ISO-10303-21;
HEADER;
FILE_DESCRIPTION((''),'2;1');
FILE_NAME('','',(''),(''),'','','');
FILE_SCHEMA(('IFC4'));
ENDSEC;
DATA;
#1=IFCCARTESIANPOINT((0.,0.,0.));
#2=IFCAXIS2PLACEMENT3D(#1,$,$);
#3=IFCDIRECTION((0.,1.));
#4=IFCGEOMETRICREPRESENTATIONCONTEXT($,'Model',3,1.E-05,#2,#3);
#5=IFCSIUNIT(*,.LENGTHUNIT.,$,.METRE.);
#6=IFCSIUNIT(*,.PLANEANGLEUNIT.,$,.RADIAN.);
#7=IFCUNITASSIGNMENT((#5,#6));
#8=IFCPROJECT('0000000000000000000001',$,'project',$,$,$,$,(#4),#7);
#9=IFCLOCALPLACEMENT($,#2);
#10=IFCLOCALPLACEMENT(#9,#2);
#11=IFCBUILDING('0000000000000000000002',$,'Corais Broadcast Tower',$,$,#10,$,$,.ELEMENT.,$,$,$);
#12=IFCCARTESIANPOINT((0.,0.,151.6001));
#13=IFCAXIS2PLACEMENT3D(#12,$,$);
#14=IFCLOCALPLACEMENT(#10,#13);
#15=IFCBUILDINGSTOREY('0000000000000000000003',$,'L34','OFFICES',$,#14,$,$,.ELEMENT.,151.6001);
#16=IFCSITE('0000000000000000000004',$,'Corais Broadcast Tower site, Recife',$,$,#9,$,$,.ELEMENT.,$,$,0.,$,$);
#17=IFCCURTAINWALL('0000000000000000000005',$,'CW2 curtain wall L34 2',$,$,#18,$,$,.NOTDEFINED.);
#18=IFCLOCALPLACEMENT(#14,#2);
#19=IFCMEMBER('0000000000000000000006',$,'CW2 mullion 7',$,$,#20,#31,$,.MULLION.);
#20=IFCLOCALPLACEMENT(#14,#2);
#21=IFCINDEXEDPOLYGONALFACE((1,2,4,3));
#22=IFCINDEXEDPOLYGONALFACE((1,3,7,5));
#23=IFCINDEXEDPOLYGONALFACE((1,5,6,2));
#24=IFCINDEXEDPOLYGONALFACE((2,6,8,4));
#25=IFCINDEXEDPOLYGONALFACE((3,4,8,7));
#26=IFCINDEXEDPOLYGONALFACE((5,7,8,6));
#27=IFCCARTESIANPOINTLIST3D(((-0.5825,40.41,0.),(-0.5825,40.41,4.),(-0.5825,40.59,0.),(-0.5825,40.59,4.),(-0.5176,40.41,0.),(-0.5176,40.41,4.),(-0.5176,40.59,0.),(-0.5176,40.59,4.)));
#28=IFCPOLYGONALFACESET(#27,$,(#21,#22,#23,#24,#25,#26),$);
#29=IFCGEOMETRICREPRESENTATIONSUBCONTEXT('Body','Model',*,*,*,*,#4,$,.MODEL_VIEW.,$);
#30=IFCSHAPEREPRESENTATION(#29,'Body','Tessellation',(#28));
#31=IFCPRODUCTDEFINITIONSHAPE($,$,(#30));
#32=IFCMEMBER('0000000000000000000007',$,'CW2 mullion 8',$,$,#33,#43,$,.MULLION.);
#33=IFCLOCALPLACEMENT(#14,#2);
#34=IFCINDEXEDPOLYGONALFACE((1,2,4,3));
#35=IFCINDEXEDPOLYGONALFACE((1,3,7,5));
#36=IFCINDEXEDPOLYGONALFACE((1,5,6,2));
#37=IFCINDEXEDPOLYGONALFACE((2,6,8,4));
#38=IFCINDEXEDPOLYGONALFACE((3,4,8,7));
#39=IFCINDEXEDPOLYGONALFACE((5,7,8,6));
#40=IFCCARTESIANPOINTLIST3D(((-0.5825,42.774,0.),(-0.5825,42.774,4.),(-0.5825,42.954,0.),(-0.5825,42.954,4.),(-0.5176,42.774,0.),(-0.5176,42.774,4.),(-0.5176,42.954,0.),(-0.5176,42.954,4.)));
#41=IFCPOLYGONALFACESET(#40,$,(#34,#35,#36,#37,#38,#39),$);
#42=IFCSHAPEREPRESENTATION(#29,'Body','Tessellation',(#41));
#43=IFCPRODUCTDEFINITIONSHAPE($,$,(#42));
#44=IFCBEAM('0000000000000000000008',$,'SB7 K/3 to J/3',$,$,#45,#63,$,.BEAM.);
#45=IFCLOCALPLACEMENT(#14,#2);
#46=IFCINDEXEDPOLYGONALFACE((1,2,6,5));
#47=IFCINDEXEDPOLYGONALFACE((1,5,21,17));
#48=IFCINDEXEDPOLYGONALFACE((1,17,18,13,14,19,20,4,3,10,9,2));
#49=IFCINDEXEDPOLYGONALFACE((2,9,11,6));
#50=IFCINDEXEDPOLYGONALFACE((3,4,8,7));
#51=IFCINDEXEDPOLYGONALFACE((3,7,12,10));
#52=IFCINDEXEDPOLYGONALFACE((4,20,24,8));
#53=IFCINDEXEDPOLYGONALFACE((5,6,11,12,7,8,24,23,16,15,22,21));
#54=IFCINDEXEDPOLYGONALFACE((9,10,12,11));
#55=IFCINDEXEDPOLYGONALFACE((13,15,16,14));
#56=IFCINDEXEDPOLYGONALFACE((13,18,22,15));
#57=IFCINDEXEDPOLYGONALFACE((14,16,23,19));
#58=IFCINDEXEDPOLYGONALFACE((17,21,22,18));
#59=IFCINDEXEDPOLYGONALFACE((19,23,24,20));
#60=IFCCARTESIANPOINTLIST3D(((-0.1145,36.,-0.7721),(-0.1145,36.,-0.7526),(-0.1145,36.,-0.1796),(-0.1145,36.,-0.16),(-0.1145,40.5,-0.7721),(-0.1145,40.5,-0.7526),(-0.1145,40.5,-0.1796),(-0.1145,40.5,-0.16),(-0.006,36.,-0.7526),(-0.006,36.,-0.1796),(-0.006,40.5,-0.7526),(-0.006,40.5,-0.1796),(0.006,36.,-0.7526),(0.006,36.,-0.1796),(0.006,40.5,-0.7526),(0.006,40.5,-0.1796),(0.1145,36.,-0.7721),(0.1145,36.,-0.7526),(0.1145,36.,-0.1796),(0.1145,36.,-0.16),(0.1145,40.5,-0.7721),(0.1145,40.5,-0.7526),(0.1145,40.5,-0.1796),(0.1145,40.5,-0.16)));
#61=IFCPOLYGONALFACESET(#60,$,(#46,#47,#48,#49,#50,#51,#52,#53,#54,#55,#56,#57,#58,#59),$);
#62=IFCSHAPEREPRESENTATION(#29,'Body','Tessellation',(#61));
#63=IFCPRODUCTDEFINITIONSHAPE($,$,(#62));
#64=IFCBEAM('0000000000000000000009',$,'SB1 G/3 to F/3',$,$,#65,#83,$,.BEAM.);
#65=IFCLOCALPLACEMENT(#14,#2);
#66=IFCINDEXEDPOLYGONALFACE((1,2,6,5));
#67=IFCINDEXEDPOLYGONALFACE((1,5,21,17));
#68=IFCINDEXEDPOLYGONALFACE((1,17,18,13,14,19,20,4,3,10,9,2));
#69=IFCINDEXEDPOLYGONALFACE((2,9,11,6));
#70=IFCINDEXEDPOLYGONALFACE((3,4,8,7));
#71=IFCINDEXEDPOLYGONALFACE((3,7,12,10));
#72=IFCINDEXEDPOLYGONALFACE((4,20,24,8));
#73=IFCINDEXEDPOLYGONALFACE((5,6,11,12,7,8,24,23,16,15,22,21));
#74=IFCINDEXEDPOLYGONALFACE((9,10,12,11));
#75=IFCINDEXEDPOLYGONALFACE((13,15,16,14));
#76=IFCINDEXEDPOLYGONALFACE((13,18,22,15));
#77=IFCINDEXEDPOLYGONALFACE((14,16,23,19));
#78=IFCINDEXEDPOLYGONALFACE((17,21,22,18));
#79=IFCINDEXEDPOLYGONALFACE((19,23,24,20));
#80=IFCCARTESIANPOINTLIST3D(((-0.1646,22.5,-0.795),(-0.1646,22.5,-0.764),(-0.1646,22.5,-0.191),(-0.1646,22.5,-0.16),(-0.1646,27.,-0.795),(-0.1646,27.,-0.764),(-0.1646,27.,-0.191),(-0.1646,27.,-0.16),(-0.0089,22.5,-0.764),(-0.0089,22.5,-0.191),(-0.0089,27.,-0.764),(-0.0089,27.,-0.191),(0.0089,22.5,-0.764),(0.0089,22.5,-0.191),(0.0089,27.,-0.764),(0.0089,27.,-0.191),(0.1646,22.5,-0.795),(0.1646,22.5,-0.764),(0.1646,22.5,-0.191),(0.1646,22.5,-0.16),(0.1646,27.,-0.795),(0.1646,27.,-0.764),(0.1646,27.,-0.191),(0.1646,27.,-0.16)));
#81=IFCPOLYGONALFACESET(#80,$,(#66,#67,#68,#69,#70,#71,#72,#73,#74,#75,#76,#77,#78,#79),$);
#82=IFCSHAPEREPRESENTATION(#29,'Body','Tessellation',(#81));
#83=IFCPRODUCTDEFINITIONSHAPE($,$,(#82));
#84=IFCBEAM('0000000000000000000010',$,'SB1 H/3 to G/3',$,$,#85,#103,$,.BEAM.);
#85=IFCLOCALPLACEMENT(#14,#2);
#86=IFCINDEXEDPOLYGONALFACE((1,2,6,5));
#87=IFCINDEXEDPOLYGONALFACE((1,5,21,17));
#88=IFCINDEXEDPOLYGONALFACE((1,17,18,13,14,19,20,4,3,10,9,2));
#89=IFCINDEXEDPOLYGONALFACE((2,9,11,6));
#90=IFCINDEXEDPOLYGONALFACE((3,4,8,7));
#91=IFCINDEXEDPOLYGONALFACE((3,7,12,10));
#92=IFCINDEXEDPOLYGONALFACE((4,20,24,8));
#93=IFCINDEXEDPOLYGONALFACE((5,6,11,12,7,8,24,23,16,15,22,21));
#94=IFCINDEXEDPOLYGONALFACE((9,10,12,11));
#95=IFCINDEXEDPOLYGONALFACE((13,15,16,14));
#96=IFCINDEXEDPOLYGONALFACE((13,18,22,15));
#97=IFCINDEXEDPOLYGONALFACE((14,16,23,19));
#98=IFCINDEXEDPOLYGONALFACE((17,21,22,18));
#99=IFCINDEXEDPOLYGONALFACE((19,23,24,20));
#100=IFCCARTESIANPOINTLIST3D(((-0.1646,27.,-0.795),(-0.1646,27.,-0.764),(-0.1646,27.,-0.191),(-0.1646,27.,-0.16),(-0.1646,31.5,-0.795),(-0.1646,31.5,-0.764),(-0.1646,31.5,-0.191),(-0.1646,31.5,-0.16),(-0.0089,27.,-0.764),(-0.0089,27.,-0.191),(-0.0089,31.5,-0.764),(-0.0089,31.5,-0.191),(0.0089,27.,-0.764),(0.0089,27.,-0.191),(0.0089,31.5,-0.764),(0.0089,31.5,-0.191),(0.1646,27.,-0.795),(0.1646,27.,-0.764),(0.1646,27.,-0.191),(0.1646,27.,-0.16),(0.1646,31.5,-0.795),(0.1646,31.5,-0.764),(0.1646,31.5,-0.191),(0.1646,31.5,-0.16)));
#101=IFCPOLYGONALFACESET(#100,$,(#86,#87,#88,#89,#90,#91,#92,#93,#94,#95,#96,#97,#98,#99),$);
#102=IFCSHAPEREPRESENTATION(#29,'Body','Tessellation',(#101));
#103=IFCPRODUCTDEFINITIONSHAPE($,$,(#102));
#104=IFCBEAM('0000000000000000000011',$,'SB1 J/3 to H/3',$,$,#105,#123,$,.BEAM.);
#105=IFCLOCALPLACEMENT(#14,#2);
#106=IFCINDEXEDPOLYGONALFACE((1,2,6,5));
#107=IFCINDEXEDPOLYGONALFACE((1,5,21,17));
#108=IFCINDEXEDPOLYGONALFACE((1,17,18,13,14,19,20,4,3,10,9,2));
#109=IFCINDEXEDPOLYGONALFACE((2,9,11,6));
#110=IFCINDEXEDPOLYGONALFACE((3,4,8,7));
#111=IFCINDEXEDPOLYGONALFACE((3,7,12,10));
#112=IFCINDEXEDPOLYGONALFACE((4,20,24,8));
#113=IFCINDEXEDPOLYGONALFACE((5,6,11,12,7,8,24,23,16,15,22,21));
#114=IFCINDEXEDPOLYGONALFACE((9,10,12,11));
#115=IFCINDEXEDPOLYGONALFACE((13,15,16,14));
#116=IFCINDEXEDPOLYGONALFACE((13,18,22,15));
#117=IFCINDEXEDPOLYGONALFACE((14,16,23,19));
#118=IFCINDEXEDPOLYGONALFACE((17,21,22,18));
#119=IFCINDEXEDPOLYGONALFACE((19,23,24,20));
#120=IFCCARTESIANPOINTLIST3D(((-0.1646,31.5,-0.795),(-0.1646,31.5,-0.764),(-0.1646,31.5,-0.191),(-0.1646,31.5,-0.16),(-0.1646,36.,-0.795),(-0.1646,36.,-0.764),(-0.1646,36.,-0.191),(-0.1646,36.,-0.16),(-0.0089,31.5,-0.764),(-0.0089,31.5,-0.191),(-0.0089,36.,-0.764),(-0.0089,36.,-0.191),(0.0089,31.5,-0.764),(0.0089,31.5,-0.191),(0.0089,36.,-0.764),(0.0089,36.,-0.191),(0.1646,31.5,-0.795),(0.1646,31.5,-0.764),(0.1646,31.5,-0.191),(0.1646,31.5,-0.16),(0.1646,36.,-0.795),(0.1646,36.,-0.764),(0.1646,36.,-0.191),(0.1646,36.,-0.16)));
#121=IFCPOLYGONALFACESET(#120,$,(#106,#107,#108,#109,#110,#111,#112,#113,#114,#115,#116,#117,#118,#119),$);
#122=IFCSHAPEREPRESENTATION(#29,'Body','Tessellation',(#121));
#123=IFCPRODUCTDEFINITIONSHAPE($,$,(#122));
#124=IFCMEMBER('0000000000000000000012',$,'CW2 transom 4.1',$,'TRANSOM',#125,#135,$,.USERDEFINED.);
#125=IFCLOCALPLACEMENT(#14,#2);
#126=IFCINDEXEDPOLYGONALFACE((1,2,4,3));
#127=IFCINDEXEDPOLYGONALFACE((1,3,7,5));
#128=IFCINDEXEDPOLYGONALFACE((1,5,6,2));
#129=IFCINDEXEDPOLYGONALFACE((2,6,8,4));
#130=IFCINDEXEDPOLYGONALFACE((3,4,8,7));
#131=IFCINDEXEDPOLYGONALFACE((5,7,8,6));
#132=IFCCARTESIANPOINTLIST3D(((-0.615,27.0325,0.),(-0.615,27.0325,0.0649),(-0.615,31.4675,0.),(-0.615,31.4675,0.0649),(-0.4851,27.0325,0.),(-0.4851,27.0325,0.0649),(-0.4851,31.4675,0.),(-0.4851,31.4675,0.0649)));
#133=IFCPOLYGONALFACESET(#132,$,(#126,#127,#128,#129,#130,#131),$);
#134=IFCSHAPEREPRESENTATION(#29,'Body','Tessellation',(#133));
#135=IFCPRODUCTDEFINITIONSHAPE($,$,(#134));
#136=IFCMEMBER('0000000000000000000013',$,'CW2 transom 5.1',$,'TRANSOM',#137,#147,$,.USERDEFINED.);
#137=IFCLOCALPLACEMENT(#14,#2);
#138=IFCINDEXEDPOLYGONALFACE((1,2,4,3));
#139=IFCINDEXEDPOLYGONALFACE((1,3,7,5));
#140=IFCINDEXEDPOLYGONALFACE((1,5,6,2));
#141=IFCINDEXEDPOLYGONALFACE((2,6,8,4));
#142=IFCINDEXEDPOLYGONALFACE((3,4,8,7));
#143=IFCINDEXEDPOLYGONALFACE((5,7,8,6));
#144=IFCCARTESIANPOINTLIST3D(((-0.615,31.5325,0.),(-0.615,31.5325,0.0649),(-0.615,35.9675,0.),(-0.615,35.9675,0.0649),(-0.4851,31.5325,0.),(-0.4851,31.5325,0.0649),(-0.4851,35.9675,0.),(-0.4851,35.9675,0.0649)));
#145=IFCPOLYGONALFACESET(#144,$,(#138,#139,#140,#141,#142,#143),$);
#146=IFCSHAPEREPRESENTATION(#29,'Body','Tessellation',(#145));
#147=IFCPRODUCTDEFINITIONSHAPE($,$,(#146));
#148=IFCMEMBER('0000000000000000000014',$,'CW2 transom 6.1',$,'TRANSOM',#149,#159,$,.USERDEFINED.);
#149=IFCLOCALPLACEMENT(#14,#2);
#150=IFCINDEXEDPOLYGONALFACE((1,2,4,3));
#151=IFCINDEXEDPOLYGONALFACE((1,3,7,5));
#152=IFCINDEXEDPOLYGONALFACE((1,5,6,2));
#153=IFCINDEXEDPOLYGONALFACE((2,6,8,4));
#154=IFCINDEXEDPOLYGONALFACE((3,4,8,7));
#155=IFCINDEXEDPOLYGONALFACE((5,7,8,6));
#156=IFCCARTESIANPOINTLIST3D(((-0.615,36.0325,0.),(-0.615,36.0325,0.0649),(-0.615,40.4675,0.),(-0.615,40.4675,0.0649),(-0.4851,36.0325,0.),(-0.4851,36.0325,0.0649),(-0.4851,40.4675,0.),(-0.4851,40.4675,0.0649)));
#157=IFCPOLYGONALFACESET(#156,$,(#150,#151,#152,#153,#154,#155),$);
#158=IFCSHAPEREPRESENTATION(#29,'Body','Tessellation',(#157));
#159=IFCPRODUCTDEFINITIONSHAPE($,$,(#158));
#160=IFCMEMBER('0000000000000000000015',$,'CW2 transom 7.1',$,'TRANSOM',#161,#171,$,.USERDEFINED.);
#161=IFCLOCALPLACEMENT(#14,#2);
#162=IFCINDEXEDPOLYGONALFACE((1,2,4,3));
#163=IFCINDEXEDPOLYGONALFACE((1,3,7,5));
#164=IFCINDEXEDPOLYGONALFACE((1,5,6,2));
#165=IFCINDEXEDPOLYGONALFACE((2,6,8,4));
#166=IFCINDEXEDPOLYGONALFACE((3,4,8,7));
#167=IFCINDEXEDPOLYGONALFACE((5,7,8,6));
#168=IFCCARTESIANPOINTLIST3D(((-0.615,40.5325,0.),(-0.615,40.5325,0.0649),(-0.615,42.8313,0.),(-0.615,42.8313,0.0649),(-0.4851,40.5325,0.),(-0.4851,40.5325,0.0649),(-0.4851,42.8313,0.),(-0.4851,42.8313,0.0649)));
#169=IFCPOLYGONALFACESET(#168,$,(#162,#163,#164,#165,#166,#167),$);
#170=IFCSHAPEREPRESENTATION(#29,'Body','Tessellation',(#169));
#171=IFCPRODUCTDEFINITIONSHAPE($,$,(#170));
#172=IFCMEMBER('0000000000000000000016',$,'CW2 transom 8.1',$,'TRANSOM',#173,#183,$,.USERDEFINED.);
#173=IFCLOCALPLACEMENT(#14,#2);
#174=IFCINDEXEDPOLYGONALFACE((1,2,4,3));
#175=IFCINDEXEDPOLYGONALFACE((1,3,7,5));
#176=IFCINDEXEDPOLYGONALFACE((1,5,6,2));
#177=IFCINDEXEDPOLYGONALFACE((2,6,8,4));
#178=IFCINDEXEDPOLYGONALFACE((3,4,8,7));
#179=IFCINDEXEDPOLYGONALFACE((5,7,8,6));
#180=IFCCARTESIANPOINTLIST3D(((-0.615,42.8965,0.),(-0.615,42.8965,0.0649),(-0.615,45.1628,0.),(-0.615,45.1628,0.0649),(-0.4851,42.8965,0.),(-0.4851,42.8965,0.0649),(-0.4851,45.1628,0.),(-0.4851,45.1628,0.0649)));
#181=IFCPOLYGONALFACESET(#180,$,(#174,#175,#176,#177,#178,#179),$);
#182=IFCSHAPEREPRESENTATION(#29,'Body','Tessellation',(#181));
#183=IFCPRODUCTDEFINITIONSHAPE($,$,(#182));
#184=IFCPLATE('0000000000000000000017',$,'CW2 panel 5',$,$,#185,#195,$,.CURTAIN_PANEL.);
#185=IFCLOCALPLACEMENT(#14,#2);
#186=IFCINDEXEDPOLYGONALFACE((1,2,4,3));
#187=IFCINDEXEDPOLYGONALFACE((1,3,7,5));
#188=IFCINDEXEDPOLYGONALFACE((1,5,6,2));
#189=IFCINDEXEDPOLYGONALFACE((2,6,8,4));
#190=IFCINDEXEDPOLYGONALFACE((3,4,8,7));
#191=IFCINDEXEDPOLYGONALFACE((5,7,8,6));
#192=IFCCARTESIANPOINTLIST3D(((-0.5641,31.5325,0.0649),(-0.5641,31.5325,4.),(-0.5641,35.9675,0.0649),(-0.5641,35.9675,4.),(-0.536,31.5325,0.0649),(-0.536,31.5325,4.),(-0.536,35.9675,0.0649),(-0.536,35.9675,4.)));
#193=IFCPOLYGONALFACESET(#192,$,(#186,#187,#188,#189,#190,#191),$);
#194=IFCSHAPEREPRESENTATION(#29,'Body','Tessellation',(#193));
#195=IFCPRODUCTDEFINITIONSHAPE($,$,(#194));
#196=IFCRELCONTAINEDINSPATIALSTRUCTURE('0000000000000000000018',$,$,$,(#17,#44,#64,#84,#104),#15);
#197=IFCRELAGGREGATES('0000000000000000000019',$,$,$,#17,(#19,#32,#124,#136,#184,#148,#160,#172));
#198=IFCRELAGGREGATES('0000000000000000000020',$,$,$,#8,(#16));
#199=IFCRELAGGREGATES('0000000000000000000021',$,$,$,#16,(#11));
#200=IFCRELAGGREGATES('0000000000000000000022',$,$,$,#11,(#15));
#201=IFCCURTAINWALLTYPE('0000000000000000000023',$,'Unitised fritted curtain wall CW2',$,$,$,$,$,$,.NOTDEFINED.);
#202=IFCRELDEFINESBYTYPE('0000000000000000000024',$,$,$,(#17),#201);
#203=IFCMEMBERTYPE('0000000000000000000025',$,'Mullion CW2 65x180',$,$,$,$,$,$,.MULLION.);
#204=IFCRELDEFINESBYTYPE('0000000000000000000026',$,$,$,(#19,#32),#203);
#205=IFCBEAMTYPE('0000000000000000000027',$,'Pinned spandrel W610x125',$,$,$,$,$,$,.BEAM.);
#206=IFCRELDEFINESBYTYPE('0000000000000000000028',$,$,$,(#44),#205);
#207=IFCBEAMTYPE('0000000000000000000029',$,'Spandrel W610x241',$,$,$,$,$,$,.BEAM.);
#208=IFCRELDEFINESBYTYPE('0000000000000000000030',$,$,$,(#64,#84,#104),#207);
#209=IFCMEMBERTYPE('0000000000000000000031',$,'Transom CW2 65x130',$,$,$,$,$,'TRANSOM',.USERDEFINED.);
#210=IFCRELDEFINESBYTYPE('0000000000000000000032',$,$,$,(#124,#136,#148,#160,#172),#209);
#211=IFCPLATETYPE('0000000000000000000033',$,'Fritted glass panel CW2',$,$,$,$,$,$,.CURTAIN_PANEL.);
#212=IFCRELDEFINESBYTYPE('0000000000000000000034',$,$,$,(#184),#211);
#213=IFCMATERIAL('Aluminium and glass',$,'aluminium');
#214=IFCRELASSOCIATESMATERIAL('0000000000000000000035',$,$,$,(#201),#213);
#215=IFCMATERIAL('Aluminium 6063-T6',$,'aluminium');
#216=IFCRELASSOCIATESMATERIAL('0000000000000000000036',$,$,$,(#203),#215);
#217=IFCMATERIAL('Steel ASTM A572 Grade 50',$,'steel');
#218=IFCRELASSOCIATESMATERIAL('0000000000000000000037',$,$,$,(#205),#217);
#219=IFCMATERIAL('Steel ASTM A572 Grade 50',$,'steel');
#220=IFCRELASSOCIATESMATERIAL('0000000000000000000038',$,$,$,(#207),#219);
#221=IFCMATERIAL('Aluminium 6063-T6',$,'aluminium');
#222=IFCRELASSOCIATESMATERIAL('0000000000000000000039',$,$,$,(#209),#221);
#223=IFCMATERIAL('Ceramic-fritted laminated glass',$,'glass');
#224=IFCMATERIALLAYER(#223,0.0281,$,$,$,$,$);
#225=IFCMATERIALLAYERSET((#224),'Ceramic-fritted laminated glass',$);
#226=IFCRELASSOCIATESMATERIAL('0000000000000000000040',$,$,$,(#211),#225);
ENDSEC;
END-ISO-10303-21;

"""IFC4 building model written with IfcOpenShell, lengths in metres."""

from ifc_helpers import new_model, si_unit, direction, frame, origin, origin_2d, place, context, subcontext, project, spatial, rectangle, i_section, extrude, material, layer, layer_set, material_profile, profile_set, type_object, element, aggregate, save


model = new_model("IFC4")

# Units and contexts
model_context = context("Model", 3, precision=1e-05, world=origin(), true_north=direction((0.0, 1.0)))
body_context = subcontext(model_context, "Body", "Model", "MODEL_VIEW")
ifc_project = project(units=[si_unit("LENGTHUNIT", "METRE"), si_unit("PLANEANGLEUNIT", "RADIAN")], contexts=[model_context])

# Site, building, storey
site_placement = place(None, origin())
site = spatial("IfcSite", under=ifc_project, at=site_placement, Name="Corais Broadcast Tower site, Recife", CompositionType="ELEMENT", RefElevation=0.0)
building_placement = place(site_placement, origin())
building = spatial("IfcBuilding", under=site, at=building_placement, Name="Corais Broadcast Tower", CompositionType="ELEMENT")
storey_placement = place(building_placement, frame((0.0, 0.0, 151.6001)))
storey = spatial("IfcBuildingStorey", under=building, at=storey_placement, Name="L34", Description="OFFICES", CompositionType="ELEMENT", Elevation=151.6001)

# Curtain wall, members
ifc_material_1 = material(Name="Aluminium and glass", Category="aluminium")
curtain_wall_type = type_object("IfcCurtainWallType", Name="Unitised fritted curtain wall CW2", PredefinedType="NOTDEFINED", material=ifc_material_1)
curtain_wall_placement = place(storey_placement, origin())
curtain_wall = element("IfcCurtainWall", 1, at=curtain_wall_placement, inside=storey, type_object=curtain_wall_type, Name="CW2 curtain wall L34 2", PredefinedType="NOTDEFINED")
ifc_material_2 = material(Name="Aluminium 6063-T6", Category="aluminium")
ifc_material_profile_1 = material_profile(ifc_material_2, rectangle(XDim=0.0649, YDim=0.1799, at=origin_2d()), Name="Mullion CW2 65x180")
ifc_profile_set_1 = profile_set([ifc_material_profile_1], Name="Aluminium 6063-T6")
member_type_1 = type_object("IfcMemberType", Name="Mullion CW2 65x180", PredefinedType="MULLION", material=ifc_profile_set_1)
member_1_placement = place(storey_placement, frame((-0.55, 40.5, 0.0), z_axis=(0.0, 0.0, 1.0), x_axis=(-1.0, 0.0, 0.0)))
member_1 = element("IfcMember", 2, at=member_1_placement, type_object=member_type_1, Name="CW2 mullion 7", PredefinedType="MULLION", context=body_context, shape_type="SweptSolid", body=[
    extrude(rectangle(XDim=0.0649, YDim=0.1799, at=origin_2d()), origin(), (0.0, 0.0, 1.0), 4.0),
])
member_2_placement = place(storey_placement, frame((-0.55, 42.864, 0.0), z_axis=(0.0, 0.0, 1.0), x_axis=(-1.0, 0.0, 0.0)))
member_2 = element("IfcMember", 3, at=member_2_placement, type_object=member_type_1, Name="CW2 mullion 8", PredefinedType="MULLION", context=body_context, shape_type="SweptSolid", body=[
    extrude(rectangle(XDim=0.0649, YDim=0.1799, at=origin_2d()), origin(), (0.0, 0.0, 1.0), 4.0),
])

# Beams
ifc_material_3 = material(Name="Steel ASTM A572 Grade 50", Category="steel")
ifc_material_profile_2 = material_profile(ifc_material_3, i_section(OverallWidth=0.229, OverallDepth=0.6121, WebThickness=0.012, FlangeThickness=0.0195, at=origin_2d()), Name="W610x125")
ifc_profile_set_2 = profile_set([ifc_material_profile_2], Name="Steel ASTM A572 Grade 50")
beam_type_1 = type_object("IfcBeamType", Name="Pinned spandrel W610x125", PredefinedType="BEAM", material=ifc_profile_set_2)
beam_placement = place(storey_placement, frame((0.0, 40.5, -0.4661), z_axis=(0.0, -1.0, 0.0), x_axis=(1.0, 0.0, 0.0)))
element("IfcBeam", 4, at=beam_placement, inside=storey, type_object=beam_type_1, Name="SB7 K/3 to J/3", PredefinedType="BEAM", context=body_context, shape_type="SweptSolid", body=[
    extrude(i_section(OverallWidth=0.229, OverallDepth=0.6121, WebThickness=0.012, FlangeThickness=0.0195, at=origin_2d()), origin(), (0.0, 0.0, 1.0), 4.5),
])
ifc_material_4 = material(Name="Steel ASTM A572 Grade 50", Category="steel")
ifc_material_profile_3 = material_profile(ifc_material_4, i_section(OverallWidth=0.3291, OverallDepth=0.635, WebThickness=0.0178, FlangeThickness=0.031, at=origin_2d()), Name="W610x241")
ifc_profile_set_3 = profile_set([ifc_material_profile_3], Name="Steel ASTM A572 Grade 50")
beam_type_2 = type_object("IfcBeamType", Name="Spandrel W610x241", PredefinedType="BEAM", material=ifc_profile_set_3)
for number, where, z_axis, x_axis, name in (
    (5, (0.0, 27.0, -0.4775), (0.0, -1.0, 0.0), (1.0, 0.0, 0.0), "SB1 G/3 to F/3"),
    (6, (0.0, 31.5, -0.4775), (0.0, -1.0, 0.0), (1.0, 0.0, 0.0), "SB1 H/3 to G/3"),
    (7, (0.0, 36.0, -0.4775), (0.0, -1.0, 0.0), (1.0, 0.0, 0.0), "SB1 J/3 to H/3"),
):
    element("IfcBeam", number, at=place(storey_placement, frame(where, z_axis=z_axis, x_axis=x_axis)), inside=storey, type_object=beam_type_2, Name=name, PredefinedType="BEAM", context=body_context, shape_type="SweptSolid", body=[
        extrude(i_section(OverallWidth=0.3291, OverallDepth=0.635, WebThickness=0.0178, FlangeThickness=0.031, at=origin_2d()), origin(), (0.0, 0.0, 1.0), 4.5),
    ])

# Members
ifc_material_5 = material(Name="Aluminium 6063-T6", Category="aluminium")
ifc_material_profile_4 = material_profile(ifc_material_5, rectangle(XDim=0.1299, YDim=0.0649, at=origin_2d()), Name="Transom CW2 65x130")
ifc_profile_set_4 = profile_set([ifc_material_profile_4], Name="Aluminium 6063-T6")
member_type_2 = type_object("IfcMemberType", Name="Transom CW2 65x130", ElementType="TRANSOM", PredefinedType="USERDEFINED", material=ifc_profile_set_4)
member_3_placement = place(storey_placement, frame((-0.55, 27.0325, 0.0325), z_axis=(0.0, 1.0, 0.0), x_axis=(-1.0, 0.0, 0.0)))
member_3 = element("IfcMember", 8, at=member_3_placement, type_object=member_type_2, Name="CW2 transom 4.1", ObjectType="TRANSOM", PredefinedType="USERDEFINED", context=body_context, shape_type="SweptSolid", body=[
    extrude(rectangle(XDim=0.1299, YDim=0.0649, at=origin_2d()), origin(), (0.0, 0.0, 1.0), 4.4351),
])
member_4_placement = place(storey_placement, frame((-0.55, 31.5325, 0.0325), z_axis=(0.0, 1.0, 0.0), x_axis=(-1.0, 0.0, 0.0)))
member_4 = element("IfcMember", 9, at=member_4_placement, type_object=member_type_2, Name="CW2 transom 5.1", ObjectType="TRANSOM", PredefinedType="USERDEFINED", context=body_context, shape_type="SweptSolid", body=[
    extrude(rectangle(XDim=0.1299, YDim=0.0649, at=origin_2d()), origin(), (0.0, 0.0, 1.0), 4.4351),
])
member_5_placement = place(storey_placement, frame((-0.55, 36.0325, 0.0325), z_axis=(0.0, 1.0, 0.0), x_axis=(-1.0, 0.0, 0.0)))
member_5 = element("IfcMember", 10, at=member_5_placement, type_object=member_type_2, Name="CW2 transom 6.1", ObjectType="TRANSOM", PredefinedType="USERDEFINED", context=body_context, shape_type="SweptSolid", body=[
    extrude(rectangle(XDim=0.1299, YDim=0.0649, at=origin_2d()), origin(), (0.0, 0.0, 1.0), 4.4351),
])
member_6_placement = place(storey_placement, frame((-0.55, 40.5325, 0.0325), z_axis=(0.0, 1.0, 0.0), x_axis=(-1.0, 0.0, 0.0)))
member_6 = element("IfcMember", 11, at=member_6_placement, type_object=member_type_2, Name="CW2 transom 7.1", ObjectType="TRANSOM", PredefinedType="USERDEFINED", context=body_context, shape_type="SweptSolid", body=[
    extrude(rectangle(XDim=0.1299, YDim=0.0649, at=origin_2d()), origin(), (0.0, 0.0, 1.0), 2.2988),
])
member_7_placement = place(storey_placement, frame((-0.55, 42.8965, 0.0325), z_axis=(0.0, 1.0, 0.0), x_axis=(-1.0, 0.0, 0.0)))
member_7 = element("IfcMember", 12, at=member_7_placement, type_object=member_type_2, Name="CW2 transom 8.1", ObjectType="TRANSOM", PredefinedType="USERDEFINED", context=body_context, shape_type="SweptSolid", body=[
    extrude(rectangle(XDim=0.1299, YDim=0.0649, at=origin_2d()), origin(), (0.0, 0.0, 1.0), 2.2664),
])

# Plate
ifc_material_6 = material(Name="Ceramic-fritted laminated glass", Category="glass")
ifc_layer_1 = layer(ifc_material_6, 0.0281)
ifc_layer_set_1 = layer_set([ifc_layer_1], Name="Ceramic-fritted laminated glass")
plate_type_1 = type_object("IfcPlateType", Name="Fritted glass panel CW2", PredefinedType="CURTAIN_PANEL", material=ifc_layer_set_1)
plate_1_placement = place(storey_placement, frame((-0.55, 33.75, 0.0649), z_axis=(0.0, 0.0, 1.0), x_axis=(0.0, 1.0, 0.0)))
plate_1 = element("IfcPlate", 13, at=plate_1_placement, type_object=plate_type_1, Name="CW2 panel 5", PredefinedType="CURTAIN_PANEL", context=body_context, shape_type="SweptSolid", body=[
    extrude(rectangle(XDim=4.4351, YDim=0.0281, at=origin_2d()), origin(), (0.0, 0.0, 1.0), 3.9351),
])
aggregate(curtain_wall, [member_1, member_2, member_3, member_4, plate_1, member_5, member_6, member_7])

save(model, "model.ifc")
